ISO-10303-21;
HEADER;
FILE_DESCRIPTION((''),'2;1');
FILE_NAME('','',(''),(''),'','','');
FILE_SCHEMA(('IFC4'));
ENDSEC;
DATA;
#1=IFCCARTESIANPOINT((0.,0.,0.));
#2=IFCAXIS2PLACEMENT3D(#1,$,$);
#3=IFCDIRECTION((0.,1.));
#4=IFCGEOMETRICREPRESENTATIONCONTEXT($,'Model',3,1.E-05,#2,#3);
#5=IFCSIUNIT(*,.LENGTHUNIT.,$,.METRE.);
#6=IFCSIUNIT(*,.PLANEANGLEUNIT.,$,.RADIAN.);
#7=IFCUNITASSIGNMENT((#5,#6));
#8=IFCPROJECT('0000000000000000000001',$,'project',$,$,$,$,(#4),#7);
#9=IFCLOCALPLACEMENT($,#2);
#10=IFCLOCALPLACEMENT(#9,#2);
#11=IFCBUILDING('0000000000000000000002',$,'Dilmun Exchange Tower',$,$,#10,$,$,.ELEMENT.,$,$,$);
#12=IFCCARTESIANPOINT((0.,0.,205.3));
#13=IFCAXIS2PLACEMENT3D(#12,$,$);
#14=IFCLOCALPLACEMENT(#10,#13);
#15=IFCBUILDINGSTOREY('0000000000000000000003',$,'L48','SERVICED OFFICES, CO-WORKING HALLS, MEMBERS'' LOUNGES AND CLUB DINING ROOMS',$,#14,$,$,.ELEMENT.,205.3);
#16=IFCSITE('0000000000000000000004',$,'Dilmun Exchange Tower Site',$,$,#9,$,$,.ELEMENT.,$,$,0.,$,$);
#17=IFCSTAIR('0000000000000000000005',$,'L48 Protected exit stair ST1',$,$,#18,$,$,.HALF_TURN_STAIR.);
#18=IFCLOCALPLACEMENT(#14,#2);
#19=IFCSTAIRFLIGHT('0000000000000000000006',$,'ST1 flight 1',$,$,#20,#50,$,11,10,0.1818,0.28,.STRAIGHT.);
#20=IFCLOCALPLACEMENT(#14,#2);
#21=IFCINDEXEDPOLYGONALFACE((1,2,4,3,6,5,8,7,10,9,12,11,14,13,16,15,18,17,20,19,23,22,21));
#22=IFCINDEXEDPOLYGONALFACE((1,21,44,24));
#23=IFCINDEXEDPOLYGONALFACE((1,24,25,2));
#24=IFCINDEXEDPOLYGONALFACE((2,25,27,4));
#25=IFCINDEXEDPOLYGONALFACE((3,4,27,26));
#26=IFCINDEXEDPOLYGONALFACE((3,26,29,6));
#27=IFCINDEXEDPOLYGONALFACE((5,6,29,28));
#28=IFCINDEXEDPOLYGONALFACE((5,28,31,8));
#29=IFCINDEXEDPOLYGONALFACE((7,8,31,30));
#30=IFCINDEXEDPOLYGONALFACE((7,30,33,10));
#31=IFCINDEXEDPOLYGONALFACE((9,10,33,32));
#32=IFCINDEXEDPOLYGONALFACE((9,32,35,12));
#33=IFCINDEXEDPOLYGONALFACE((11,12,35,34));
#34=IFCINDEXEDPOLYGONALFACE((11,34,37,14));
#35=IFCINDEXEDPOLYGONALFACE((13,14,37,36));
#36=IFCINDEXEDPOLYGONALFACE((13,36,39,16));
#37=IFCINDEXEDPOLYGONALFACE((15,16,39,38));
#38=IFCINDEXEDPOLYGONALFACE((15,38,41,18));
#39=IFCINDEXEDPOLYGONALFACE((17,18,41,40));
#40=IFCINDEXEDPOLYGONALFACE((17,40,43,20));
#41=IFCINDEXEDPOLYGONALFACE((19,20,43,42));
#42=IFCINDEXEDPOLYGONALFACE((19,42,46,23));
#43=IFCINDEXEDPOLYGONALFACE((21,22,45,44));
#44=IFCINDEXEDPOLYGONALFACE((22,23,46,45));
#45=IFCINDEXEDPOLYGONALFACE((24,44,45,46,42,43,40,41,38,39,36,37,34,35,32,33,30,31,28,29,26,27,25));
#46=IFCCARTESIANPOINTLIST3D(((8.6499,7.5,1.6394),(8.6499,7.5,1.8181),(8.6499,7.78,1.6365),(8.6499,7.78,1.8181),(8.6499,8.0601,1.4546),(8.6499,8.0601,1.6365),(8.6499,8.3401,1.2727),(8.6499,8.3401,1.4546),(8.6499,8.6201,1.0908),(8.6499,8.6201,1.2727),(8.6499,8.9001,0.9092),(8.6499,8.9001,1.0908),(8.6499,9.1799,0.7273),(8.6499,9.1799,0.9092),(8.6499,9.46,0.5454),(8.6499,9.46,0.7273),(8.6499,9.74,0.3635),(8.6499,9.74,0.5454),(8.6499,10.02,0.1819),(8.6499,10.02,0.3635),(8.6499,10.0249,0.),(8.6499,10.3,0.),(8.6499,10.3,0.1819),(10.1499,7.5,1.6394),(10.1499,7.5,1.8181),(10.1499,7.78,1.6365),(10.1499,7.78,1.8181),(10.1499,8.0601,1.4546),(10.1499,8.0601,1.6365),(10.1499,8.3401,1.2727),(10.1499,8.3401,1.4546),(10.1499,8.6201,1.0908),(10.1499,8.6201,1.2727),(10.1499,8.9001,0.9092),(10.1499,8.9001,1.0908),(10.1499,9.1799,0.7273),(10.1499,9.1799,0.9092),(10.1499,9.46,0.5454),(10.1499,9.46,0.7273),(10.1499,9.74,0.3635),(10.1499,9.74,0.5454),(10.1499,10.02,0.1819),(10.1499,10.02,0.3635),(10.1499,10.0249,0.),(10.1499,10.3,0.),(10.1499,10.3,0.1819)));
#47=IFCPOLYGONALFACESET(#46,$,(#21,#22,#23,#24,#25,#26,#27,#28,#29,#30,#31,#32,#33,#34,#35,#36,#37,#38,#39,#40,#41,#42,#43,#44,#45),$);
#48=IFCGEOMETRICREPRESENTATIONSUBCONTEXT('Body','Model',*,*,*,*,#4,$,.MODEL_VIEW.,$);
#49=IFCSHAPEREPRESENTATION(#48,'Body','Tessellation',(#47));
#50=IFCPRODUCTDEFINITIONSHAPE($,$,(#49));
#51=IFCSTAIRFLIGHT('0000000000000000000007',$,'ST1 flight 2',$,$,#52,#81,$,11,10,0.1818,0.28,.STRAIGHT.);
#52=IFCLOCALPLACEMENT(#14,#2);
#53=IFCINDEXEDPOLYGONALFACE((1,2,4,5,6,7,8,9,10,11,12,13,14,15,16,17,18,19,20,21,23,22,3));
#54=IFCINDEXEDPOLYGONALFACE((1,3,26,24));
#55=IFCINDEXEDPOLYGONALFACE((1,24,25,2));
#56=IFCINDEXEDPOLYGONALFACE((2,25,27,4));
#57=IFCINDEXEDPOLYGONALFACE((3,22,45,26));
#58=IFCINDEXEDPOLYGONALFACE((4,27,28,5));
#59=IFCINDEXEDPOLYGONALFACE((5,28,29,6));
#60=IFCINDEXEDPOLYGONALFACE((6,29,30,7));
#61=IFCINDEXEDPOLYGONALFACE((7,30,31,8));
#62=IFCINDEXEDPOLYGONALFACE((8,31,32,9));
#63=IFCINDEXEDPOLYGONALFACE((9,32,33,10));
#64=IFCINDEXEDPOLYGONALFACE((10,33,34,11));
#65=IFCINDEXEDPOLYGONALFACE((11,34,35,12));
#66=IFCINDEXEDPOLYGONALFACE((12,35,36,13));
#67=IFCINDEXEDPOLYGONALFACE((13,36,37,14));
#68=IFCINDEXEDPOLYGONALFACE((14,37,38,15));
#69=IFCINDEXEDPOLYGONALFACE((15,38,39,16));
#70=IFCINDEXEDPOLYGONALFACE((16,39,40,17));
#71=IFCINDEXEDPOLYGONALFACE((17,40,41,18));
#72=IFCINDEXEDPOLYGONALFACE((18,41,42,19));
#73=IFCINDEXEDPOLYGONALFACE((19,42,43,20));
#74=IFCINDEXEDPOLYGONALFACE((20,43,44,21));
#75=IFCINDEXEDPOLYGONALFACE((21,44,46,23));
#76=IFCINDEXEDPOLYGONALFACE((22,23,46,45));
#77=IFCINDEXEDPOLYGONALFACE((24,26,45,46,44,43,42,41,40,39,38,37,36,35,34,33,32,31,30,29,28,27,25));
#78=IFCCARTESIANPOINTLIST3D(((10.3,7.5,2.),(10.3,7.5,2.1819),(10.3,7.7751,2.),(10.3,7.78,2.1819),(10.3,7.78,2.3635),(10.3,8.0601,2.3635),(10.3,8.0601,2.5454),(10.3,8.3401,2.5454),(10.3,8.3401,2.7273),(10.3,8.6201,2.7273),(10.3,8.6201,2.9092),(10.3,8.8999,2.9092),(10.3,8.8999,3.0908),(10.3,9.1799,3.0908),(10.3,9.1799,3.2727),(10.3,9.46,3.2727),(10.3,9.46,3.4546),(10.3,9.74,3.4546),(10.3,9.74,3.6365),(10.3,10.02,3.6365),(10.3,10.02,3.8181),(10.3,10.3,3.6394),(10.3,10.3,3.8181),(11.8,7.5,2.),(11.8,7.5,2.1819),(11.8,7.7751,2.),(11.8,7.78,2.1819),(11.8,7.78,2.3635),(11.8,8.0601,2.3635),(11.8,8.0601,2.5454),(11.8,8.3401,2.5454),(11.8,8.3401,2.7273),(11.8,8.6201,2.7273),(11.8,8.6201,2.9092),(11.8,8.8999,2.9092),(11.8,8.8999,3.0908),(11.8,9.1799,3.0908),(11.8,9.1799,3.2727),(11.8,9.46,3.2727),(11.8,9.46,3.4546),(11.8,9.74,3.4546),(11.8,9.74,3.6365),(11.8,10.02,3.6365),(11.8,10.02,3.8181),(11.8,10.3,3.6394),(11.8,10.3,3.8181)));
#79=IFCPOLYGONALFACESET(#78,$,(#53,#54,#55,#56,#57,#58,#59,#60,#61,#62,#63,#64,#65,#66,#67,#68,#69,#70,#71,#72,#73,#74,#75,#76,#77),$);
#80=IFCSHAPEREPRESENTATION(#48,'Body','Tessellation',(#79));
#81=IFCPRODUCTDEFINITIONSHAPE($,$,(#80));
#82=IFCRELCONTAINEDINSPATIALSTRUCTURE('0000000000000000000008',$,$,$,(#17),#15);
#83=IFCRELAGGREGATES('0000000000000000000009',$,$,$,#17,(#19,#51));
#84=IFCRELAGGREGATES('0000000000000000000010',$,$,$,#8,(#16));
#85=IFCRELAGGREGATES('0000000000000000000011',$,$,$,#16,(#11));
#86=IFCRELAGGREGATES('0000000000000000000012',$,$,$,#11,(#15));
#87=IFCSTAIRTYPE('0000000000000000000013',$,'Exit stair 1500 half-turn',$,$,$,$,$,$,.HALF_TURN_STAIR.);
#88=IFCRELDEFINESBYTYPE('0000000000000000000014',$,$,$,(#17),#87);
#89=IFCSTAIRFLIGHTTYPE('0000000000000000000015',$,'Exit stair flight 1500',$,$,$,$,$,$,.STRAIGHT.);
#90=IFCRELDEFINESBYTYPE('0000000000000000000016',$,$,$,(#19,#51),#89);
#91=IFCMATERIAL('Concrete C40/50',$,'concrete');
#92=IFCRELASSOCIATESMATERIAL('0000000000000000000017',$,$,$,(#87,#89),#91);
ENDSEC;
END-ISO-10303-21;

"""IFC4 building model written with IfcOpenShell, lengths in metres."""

from ifc_helpers import new_model, si_unit, direction, frame, origin, place, context, subcontext, project, spatial, polyline, outline, extrude, material, type_object, element, aggregate, save


model = new_model("IFC4")

# Units and contexts
model_context = context("Model", 3, precision=1e-05, world=origin(), true_north=direction((0.0, 1.0)))
body_context = subcontext(model_context, "Body", "Model", "MODEL_VIEW")
ifc_project = project(units=[si_unit("LENGTHUNIT", "METRE"), si_unit("PLANEANGLEUNIT", "RADIAN")], contexts=[model_context])

# Site, building, storey
site_placement = place(None, origin())
site = spatial("IfcSite", under=ifc_project, at=site_placement, Name="Dilmun Exchange Tower Site", CompositionType="ELEMENT", RefElevation=0.0)
building_placement = place(site_placement, origin())
building = spatial("IfcBuilding", under=site, at=building_placement, Name="Dilmun Exchange Tower", CompositionType="ELEMENT")
storey_placement = place(building_placement, frame((0.0, 0.0, 205.3)))
storey = spatial("IfcBuildingStorey", under=building, at=storey_placement, Name="L48", Description="SERVICED OFFICES, CO-WORKING HALLS, MEMBERS' LOUNGES AND CLUB DINING ROOMS", CompositionType="ELEMENT", Elevation=205.3)

# Shared definitions
ifc_material_1 = material(Name="Concrete C40/50", Category="concrete")

# Stair, stair flights
stair_type = type_object("IfcStairType", Name="Exit stair 1500 half-turn", PredefinedType="HALF_TURN_STAIR", material=ifc_material_1)
stair_placement = place(storey_placement, origin())
stair = element("IfcStair", 1, at=stair_placement, inside=storey, type_object=stair_type, Name="L48 Protected exit stair ST1", PredefinedType="HALF_TURN_STAIR")
stair_flight_type = type_object("IfcStairFlightType", Name="Exit stair flight 1500", PredefinedType="STRAIGHT", material=ifc_material_1)
stair_flight_1_placement = place(storey_placement, frame((9.3999, 10.3, 0.0), z_axis=(0.0, 0.0, 1.0), x_axis=(0.0, -1.0, 0.0)))
stair_flight_1 = element("IfcStairFlight", 2, at=stair_flight_1_placement, type_object=stair_flight_type, Name="ST1 flight 1", NumberOfRisers=11, NumberOfTreads=10, PredefinedType="STRAIGHT", RiserHeight=0.1818, TreadLength=0.28, context=body_context, shape_type="SweptSolid", body=[
    extrude(outline(polyline([(0.0, 0.0), (0.0, 0.1819), (0.28, 0.1819), (0.28, 0.3635), (0.5601, 0.3635), (0.5601, 0.5454), (0.8401, 0.5454), (0.8401, 0.7273), (1.1201, 0.7273), (1.1201, 0.9092), (1.3999, 0.9092), (1.3999, 1.0908), (1.6799, 1.0908), (1.6799, 1.2727), (1.96, 1.2727), (1.96, 1.4546), (2.24, 1.4546), (2.24, 1.6365), (2.52, 1.6365), (2.52, 1.8181), (2.8, 1.8181), (2.8, 2.0), (2.8, 1.6394), (0.2751, 0.0), (0.0, 0.0)])), frame((0.0, 0.75, 0.0), z_axis=(0.0, -1.0, 0.0), x_axis=(1.0, 0.0, 0.0)), (0.0, 0.0, 1.0), 1.5),
])
stair_flight_2_placement = place(storey_placement, frame((11.05, 7.5, 2.0), z_axis=(0.0, 0.0, 1.0), x_axis=(0.0, 1.0, 0.0)))
stair_flight_2 = element("IfcStairFlight", 3, at=stair_flight_2_placement, type_object=stair_flight_type, Name="ST1 flight 2", NumberOfRisers=11, NumberOfTreads=10, PredefinedType="STRAIGHT", RiserHeight=0.1818, TreadLength=0.28, context=body_context, shape_type="SweptSolid", body=[
    extrude(outline(polyline([(0.0, 0.0), (0.0, 0.1819), (0.28, 0.1819), (0.28, 0.3635), (0.5601, 0.3635), (0.5601, 0.5454), (0.8401, 0.5454), (0.8401, 0.7273), (1.1201, 0.7273), (1.1201, 0.9092), (1.3999, 0.9092), (1.3999, 1.0908), (1.6799, 1.0908), (1.6799, 1.2727), (1.96, 1.2727), (1.96, 1.4546), (2.24, 1.4546), (2.24, 1.6365), (2.52, 1.6365), (2.52, 1.8181), (2.8, 1.8181), (2.8, 2.0), (2.8, 1.6394), (0.2751, 0.0), (0.0, 0.0)])), frame((0.0, 0.75, 0.0), z_axis=(0.0, -1.0, 0.0), x_axis=(1.0, 0.0, 0.0)), (0.0, 0.0, 1.0), 1.5),
])
aggregate(stair, [stair_flight_1, stair_flight_2])

save(model, "model.ifc")
